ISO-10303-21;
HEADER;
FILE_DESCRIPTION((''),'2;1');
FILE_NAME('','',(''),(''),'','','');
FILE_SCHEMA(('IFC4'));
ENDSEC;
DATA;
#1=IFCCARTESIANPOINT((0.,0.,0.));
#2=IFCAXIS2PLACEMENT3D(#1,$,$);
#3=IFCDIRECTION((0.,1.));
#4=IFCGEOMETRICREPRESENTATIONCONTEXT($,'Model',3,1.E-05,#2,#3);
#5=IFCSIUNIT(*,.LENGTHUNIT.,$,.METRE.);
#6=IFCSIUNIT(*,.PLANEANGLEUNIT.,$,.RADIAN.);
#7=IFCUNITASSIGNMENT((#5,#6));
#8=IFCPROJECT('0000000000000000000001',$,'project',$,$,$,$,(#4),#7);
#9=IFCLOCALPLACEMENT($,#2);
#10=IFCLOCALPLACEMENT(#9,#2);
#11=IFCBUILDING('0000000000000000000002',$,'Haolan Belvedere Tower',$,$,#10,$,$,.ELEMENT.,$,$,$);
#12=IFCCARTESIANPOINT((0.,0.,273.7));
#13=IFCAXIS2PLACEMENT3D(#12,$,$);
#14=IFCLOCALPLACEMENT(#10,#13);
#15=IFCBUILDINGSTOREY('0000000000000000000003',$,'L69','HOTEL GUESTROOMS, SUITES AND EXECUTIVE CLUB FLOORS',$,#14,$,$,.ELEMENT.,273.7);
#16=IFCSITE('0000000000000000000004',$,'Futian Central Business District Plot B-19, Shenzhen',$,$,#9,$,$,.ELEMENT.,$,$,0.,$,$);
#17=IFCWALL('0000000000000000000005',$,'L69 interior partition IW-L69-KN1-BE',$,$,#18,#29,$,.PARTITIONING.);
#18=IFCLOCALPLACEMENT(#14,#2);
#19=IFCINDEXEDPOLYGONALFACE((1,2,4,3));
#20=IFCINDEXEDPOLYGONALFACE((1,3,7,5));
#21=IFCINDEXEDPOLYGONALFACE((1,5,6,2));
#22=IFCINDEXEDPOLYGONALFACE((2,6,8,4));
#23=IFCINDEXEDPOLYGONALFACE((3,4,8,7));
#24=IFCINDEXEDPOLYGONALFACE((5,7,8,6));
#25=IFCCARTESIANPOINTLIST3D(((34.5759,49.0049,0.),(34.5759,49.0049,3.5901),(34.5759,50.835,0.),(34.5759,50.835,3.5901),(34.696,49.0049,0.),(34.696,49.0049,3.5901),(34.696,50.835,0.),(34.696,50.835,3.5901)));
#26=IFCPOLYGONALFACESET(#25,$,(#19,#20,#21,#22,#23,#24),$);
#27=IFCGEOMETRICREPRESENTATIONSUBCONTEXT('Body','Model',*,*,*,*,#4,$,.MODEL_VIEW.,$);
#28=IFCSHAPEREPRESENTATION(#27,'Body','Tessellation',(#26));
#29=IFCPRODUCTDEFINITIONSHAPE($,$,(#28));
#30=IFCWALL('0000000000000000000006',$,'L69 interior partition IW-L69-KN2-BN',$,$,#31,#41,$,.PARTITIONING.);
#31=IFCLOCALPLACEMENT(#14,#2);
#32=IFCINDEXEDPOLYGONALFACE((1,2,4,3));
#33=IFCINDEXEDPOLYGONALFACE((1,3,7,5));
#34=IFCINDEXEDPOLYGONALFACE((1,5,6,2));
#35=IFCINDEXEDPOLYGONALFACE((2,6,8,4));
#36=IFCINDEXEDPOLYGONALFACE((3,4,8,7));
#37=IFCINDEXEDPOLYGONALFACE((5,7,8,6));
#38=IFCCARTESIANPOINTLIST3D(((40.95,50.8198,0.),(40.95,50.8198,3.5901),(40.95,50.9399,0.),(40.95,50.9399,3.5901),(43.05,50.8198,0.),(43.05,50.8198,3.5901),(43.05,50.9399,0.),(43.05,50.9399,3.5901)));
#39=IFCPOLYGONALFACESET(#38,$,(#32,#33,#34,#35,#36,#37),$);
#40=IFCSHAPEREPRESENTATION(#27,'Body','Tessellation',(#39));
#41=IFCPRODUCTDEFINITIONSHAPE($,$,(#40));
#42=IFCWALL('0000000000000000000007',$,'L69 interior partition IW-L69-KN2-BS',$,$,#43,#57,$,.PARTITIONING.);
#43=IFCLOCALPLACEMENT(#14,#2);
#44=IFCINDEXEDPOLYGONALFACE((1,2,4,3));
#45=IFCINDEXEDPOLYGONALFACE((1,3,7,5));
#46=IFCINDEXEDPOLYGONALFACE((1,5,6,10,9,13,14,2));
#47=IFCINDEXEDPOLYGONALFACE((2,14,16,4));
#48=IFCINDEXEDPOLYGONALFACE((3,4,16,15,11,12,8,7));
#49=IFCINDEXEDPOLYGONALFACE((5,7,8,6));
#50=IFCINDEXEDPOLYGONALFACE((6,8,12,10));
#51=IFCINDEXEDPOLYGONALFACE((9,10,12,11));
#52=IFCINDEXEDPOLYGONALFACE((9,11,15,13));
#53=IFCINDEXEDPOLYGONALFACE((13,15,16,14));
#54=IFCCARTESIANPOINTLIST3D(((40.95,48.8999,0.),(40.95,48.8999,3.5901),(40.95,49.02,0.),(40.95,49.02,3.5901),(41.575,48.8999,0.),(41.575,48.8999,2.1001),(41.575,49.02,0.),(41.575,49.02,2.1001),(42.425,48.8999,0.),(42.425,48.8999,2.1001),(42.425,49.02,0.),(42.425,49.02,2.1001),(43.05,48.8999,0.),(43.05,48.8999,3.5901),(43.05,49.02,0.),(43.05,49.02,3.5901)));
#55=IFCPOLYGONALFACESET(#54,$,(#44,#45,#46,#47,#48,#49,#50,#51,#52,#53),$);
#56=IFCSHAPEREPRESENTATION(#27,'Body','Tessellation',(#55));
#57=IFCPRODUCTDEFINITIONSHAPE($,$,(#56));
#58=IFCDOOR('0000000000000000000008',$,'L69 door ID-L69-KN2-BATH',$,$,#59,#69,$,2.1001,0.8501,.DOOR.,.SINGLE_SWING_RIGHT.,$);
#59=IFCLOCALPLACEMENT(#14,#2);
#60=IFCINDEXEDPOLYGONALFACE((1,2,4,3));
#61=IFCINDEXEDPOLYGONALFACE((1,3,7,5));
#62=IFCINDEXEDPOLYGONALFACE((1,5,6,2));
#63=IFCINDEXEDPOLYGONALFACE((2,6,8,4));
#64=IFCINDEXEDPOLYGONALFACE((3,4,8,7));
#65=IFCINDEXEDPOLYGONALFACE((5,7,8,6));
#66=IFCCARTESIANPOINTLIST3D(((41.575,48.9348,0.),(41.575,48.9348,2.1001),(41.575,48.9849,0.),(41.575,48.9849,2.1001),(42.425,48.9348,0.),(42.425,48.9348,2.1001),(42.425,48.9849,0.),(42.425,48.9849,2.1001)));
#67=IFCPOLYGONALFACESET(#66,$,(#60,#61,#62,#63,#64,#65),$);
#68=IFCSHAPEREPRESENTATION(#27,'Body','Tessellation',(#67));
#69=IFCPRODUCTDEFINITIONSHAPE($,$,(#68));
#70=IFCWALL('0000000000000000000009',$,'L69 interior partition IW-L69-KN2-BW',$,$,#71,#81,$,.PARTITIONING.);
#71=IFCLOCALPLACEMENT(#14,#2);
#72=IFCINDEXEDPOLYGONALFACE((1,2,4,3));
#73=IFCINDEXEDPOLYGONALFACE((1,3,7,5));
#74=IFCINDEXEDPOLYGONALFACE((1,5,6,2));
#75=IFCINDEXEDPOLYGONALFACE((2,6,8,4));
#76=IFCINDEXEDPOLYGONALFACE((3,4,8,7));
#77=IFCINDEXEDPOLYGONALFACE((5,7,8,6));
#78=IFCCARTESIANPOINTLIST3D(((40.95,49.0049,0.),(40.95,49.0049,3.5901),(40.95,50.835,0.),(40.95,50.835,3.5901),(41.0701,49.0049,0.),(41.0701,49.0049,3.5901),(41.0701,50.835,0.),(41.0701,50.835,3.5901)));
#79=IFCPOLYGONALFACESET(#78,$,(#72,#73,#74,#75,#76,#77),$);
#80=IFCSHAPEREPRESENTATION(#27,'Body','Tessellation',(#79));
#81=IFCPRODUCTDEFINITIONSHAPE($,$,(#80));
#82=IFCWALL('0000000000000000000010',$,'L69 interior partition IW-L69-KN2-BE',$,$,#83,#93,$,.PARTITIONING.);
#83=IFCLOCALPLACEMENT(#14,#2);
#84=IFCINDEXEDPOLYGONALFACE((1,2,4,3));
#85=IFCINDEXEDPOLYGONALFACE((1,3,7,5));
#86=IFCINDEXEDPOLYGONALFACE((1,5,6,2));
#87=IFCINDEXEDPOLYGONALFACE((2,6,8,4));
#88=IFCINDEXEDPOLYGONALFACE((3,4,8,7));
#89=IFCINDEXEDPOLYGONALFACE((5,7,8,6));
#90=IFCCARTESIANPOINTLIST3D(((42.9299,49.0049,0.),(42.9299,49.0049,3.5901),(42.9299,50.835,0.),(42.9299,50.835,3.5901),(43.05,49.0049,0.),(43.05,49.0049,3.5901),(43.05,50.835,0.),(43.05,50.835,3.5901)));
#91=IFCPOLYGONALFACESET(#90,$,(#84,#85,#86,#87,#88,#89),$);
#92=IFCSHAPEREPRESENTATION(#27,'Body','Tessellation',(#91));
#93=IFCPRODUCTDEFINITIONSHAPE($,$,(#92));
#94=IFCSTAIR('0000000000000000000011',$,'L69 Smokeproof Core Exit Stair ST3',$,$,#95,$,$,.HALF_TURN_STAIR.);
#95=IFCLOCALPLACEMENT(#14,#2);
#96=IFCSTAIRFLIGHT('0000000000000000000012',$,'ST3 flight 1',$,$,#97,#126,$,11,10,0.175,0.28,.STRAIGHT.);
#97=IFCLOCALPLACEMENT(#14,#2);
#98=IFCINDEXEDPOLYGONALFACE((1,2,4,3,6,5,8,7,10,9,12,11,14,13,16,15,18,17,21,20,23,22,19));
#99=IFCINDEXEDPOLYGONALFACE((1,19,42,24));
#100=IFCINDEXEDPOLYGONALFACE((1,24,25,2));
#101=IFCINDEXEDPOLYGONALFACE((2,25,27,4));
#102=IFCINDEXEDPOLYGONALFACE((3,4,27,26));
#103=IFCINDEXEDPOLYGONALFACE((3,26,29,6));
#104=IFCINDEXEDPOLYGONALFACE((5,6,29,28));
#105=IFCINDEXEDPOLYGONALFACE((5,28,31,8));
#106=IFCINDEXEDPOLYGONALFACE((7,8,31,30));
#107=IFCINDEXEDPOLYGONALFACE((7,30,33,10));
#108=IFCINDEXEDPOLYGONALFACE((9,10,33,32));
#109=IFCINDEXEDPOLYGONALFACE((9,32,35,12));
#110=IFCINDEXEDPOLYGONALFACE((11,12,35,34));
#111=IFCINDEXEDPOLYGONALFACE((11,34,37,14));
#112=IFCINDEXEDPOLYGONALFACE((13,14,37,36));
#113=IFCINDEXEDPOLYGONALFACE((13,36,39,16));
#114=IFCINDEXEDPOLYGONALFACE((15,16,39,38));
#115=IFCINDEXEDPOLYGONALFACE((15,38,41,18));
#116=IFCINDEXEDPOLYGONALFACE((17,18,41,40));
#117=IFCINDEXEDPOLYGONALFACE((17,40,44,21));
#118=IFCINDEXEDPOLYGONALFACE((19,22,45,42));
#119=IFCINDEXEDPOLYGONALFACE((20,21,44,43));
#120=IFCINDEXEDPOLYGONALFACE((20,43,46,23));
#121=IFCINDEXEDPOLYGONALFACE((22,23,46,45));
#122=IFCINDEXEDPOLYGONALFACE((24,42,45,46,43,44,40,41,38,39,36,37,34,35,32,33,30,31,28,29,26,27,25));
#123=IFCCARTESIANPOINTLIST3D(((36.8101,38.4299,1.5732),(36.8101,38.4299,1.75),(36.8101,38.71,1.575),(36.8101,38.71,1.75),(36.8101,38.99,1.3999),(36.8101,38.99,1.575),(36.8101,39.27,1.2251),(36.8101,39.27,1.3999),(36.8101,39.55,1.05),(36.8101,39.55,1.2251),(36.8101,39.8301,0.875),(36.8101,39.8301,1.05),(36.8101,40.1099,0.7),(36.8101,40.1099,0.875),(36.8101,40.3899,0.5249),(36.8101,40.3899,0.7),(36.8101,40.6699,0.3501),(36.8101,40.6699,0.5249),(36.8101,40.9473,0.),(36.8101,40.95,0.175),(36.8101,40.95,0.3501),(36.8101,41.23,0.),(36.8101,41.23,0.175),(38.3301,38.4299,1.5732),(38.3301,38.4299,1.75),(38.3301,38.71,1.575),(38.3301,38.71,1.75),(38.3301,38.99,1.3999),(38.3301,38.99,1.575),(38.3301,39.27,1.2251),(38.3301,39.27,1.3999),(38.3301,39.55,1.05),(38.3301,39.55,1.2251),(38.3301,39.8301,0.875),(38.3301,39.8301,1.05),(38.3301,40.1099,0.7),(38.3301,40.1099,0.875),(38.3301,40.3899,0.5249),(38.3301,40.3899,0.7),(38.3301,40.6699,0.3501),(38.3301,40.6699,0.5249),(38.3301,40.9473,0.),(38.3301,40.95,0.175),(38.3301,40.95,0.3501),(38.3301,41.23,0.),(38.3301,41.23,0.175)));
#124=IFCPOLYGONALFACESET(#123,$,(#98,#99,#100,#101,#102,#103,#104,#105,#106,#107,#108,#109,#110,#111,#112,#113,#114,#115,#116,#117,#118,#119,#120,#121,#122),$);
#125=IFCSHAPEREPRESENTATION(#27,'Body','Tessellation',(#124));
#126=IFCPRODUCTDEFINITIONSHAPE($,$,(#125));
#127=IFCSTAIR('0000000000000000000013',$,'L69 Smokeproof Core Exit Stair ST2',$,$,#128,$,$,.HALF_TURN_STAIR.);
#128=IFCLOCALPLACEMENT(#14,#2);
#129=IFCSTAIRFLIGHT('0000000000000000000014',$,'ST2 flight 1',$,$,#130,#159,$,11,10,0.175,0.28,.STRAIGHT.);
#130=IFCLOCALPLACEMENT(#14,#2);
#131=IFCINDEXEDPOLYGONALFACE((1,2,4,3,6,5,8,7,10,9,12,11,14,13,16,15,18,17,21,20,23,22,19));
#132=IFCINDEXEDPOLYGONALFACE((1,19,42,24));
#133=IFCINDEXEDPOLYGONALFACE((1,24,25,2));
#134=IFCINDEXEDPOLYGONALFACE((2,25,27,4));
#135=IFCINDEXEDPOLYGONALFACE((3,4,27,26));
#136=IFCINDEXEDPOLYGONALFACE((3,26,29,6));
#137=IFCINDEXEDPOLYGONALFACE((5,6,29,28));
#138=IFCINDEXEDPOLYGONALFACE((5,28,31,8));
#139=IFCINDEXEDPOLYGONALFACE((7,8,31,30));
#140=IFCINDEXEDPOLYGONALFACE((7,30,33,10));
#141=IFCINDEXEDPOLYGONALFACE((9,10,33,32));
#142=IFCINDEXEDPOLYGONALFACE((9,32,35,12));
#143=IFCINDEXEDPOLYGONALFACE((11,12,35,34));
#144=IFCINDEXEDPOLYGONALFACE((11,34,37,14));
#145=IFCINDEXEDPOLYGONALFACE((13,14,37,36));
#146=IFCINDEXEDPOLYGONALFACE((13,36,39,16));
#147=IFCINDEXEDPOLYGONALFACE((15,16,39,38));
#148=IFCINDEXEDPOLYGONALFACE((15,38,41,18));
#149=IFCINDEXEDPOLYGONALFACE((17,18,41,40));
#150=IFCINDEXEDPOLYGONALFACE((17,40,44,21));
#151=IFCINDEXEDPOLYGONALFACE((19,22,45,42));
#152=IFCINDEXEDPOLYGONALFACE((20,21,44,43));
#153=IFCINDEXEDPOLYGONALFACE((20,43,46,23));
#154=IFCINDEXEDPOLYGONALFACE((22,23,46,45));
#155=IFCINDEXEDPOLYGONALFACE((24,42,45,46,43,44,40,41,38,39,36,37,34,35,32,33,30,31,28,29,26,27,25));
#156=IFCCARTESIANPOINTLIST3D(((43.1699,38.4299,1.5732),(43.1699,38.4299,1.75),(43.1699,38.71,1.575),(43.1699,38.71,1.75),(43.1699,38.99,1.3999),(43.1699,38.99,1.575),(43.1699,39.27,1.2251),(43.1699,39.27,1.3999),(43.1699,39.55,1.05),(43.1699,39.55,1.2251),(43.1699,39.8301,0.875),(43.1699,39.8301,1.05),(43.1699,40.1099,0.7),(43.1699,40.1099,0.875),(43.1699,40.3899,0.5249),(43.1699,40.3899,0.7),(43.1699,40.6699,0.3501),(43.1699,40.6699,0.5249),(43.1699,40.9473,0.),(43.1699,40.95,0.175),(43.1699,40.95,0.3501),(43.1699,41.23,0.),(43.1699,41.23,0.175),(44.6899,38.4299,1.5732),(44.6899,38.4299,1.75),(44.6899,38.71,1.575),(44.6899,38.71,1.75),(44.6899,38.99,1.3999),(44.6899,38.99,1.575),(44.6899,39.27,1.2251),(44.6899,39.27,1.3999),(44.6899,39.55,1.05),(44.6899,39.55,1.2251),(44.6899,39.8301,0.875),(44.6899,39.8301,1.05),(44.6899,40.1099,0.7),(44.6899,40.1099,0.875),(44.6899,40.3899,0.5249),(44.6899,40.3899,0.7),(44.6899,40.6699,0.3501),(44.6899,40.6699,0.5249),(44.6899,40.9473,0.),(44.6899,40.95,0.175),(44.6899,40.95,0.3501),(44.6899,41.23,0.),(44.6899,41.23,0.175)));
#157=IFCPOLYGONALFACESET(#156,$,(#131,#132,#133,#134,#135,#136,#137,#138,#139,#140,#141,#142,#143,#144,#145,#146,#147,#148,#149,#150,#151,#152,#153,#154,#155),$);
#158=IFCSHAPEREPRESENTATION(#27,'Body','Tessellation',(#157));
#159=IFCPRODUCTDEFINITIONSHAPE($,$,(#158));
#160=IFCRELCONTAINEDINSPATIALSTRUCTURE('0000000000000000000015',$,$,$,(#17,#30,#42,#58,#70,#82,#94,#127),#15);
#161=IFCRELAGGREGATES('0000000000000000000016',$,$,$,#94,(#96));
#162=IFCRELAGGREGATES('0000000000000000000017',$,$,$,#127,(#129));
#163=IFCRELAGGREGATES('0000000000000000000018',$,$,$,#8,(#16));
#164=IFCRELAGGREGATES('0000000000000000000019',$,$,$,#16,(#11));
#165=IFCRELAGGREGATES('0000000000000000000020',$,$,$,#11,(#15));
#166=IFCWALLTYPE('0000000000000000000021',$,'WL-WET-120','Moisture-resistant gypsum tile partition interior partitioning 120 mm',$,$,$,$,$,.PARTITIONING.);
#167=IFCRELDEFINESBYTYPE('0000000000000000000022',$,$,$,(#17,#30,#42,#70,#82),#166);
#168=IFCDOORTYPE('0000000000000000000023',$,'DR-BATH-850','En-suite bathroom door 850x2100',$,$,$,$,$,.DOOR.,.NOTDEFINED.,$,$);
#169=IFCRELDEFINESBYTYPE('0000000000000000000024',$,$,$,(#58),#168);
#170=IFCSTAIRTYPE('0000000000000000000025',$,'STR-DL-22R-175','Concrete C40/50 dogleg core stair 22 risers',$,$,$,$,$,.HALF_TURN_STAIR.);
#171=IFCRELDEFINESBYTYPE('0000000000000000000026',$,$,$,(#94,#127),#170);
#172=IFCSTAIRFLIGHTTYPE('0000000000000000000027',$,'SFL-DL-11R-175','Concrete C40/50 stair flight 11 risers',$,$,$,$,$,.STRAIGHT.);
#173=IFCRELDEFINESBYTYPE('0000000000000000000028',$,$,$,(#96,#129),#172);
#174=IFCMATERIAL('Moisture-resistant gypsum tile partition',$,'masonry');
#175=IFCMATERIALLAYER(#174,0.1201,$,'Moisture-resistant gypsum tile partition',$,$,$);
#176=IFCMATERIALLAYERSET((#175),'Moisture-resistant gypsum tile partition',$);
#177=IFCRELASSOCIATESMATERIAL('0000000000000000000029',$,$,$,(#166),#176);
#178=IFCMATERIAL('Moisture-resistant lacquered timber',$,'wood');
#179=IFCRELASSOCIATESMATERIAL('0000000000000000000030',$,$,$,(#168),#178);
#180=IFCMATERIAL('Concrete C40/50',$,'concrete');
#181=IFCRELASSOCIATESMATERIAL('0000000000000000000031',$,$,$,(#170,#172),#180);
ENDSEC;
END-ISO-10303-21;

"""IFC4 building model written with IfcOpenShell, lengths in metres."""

from ifc_helpers import new_model, si_unit, direction, frame, frame_2d, origin, place, context, subcontext, project, spatial, polyline, rectangle, outline, extrude, material, layer, layer_set, type_object, element, fill, aggregate, save


model = new_model("IFC4")

# Units and contexts
model_context = context("Model", 3, precision=1e-05, world=origin(), true_north=direction((0.0, 1.0)))
body_context = subcontext(model_context, "Body", "Model", "MODEL_VIEW")
ifc_project = project(units=[si_unit("LENGTHUNIT", "METRE"), si_unit("PLANEANGLEUNIT", "RADIAN")], contexts=[model_context])

# Site, building, storey
site_placement = place(None, origin())
site = spatial("IfcSite", under=ifc_project, at=site_placement, Name="Futian Central Business District Plot B-19, Shenzhen", CompositionType="ELEMENT", RefElevation=0.0)
building_placement = place(site_placement, origin())
building = spatial("IfcBuilding", under=site, at=building_placement, Name="Haolan Belvedere Tower", CompositionType="ELEMENT")
storey_placement = place(building_placement, frame((0.0, 0.0, 273.7)))
storey = spatial("IfcBuildingStorey", under=building, at=storey_placement, Name="L69", Description="HOTEL GUESTROOMS, SUITES AND EXECUTIVE CLUB FLOORS", CompositionType="ELEMENT", Elevation=273.7)

# Walls
ifc_material_1 = material(Name="Moisture-resistant gypsum tile partition", Category="masonry")
ifc_layer_1 = layer(ifc_material_1, 0.1201, Name="Moisture-resistant gypsum tile partition")
ifc_layer_set_1 = layer_set([ifc_layer_1], Name="Moisture-resistant gypsum tile partition")
wall_type_1 = type_object("IfcWallType", Name="WL-WET-120", Description="Moisture-resistant gypsum tile partition interior partitioning 120 mm", PredefinedType="PARTITIONING", material=ifc_layer_set_1)
wall_1_placement = place(storey_placement, frame((34.636, 49.0049, 0.0), z_axis=(0.0, 0.0, 1.0), x_axis=(0.0, 1.0, 0.0)))
element("IfcWall", 1, at=wall_1_placement, inside=storey, type_object=wall_type_1, Name="L69 interior partition IW-L69-KN1-BE", PredefinedType="PARTITIONING", context=body_context, shape_type="SweptSolid", body=[
    extrude(rectangle(XDim=1.8301, YDim=0.1201, at=frame_2d((0.915, 0.0))), origin(), (0.0, 0.0, 1.0), 3.5901),
])
wall_2_placement = place(storey_placement, frame((40.95, 50.8799, 0.0), z_axis=(0.0, 0.0, 1.0), x_axis=(1.0, 0.0, 0.0)))
element("IfcWall", 2, at=wall_2_placement, inside=storey, type_object=wall_type_1, Name="L69 interior partition IW-L69-KN2-BN", PredefinedType="PARTITIONING", context=body_context, shape_type="SweptSolid", body=[
    extrude(rectangle(XDim=2.1001, YDim=0.1201, at=frame_2d((1.05, 0.0))), origin(), (0.0, 0.0, 1.0), 3.5901),
])

# Wall, opening, door
wall_3_placement = place(storey_placement, frame((40.95, 48.96, 0.0), z_axis=(0.0, 0.0, 1.0), x_axis=(1.0, 0.0, 0.0)))
wall_3 = element("IfcWall", 3, at=wall_3_placement, inside=storey, type_object=wall_type_1, Name="L69 interior partition IW-L69-KN2-BS", PredefinedType="PARTITIONING", context=body_context, shape_type="SweptSolid", body=[
    extrude(rectangle(XDim=2.1001, YDim=0.1201, at=frame_2d((1.05, 0.0))), origin(), (0.0, 0.0, 1.0), 3.5901),
])
opening_1_placement = place(wall_3_placement, frame((0.625, 0.0, 0.0)))
opening_1 = element("IfcOpeningElement", 4, at=opening_1_placement, cuts=wall_3, PredefinedType="OPENING", context=body_context, shape_type="SweptSolid", body=[
    extrude(rectangle(XDim=0.8501, YDim=2.1001, at=frame_2d((0.425, 1.05))), frame((0.0, 0.0701, 0.0), z_axis=(0.0, -1.0, 0.0), x_axis=(1.0, 0.0, 0.0)), (0.0, 0.0, 1.0), 0.1401),
])
ifc_material_2 = material(Name="Moisture-resistant lacquered timber", Category="wood")
door_type_1 = type_object("IfcDoorType", Name="DR-BATH-850", Description="En-suite bathroom door 850x2100", OperationType="NOTDEFINED", PredefinedType="DOOR", material=ifc_material_2)
door_1_placement = place(opening_1_placement, origin())
door_1 = element("IfcDoor", 5, at=door_1_placement, inside=storey, type_object=door_type_1, Name="L69 door ID-L69-KN2-BATH", OperationType="SINGLE_SWING_RIGHT", OverallHeight=2.1001, OverallWidth=0.8501, PredefinedType="DOOR", context=body_context, shape_type="SweptSolid", body=[
    extrude(rectangle(XDim=0.8501, YDim=2.1001, at=frame_2d((0.425, 1.05))), frame((0.0, 0.0249, 0.0), z_axis=(0.0, -1.0, 0.0), x_axis=(1.0, 0.0, 0.0)), (0.0, 0.0, 1.0), 0.05),
])
fill(opening_1, door_1)

# Walls
for number, where, z_axis, x_axis, name in (
    (6, (41.01, 49.0049, 0.0), (0.0, 0.0, 1.0), (0.0, 1.0, 0.0), "L69 interior partition IW-L69-KN2-BW"),
    (7, (42.99, 49.0049, 0.0), (0.0, 0.0, 1.0), (0.0, 1.0, 0.0), "L69 interior partition IW-L69-KN2-BE"),
):
    element("IfcWall", number, at=place(storey_placement, frame(where, z_axis=z_axis, x_axis=x_axis)), inside=storey, type_object=wall_type_1, Name=name, PredefinedType="PARTITIONING", context=body_context, shape_type="SweptSolid", body=[
        extrude(rectangle(XDim=1.8301, YDim=0.1201, at=frame_2d((0.915, 0.0))), origin(), (0.0, 0.0, 1.0), 3.5901),
    ])

# Stairs, stair flights
ifc_material_3 = material(Name="Concrete C40/50", Category="concrete")
stair_type = type_object("IfcStairType", Name="STR-DL-22R-175", Description="Concrete C40/50 dogleg core stair 22 risers", PredefinedType="HALF_TURN_STAIR", material=ifc_material_3)
stair_1_placement = place(storey_placement, origin())
stair_1 = element("IfcStair", 8, at=stair_1_placement, inside=storey, type_object=stair_type, Name="L69 Smokeproof Core Exit Stair ST3", PredefinedType="HALF_TURN_STAIR")
stair_flight_type = type_object("IfcStairFlightType", Name="SFL-DL-11R-175", Description="Concrete C40/50 stair flight 11 risers", PredefinedType="STRAIGHT", material=ifc_material_3)
stair_flight_1_placement = place(storey_placement, frame((37.5701, 41.23, 0.0), z_axis=(0.0, 0.0, 1.0), x_axis=(0.0, -1.0, 0.0)))
stair_flight_1 = element("IfcStairFlight", 9, at=stair_flight_1_placement, type_object=stair_flight_type, Name="ST3 flight 1", NumberOfRisers=11, NumberOfTreads=10, PredefinedType="STRAIGHT", RiserHeight=0.175, TreadLength=0.28, context=body_context, shape_type="SweptSolid", body=[
    extrude(outline(polyline([(0.0, 0.0), (0.0, 0.175), (0.28, 0.175), (0.28, 0.3501), (0.5601, 0.3501), (0.5601, 0.5249), (0.8401, 0.5249), (0.8401, 0.7), (1.1201, 0.7), (1.1201, 0.875), (1.3999, 0.875), (1.3999, 1.05), (1.6799, 1.05), (1.6799, 1.2251), (1.96, 1.2251), (1.96, 1.3999), (2.24, 1.3999), (2.24, 1.575), (2.52, 1.575), (2.52, 1.75), (2.8, 1.75), (2.8, 1.925), (2.8, 1.5732), (0.2827, 0.0), (0.0, 0.0)])), frame((0.0, 0.76, 0.0), z_axis=(0.0, -1.0, 0.0), x_axis=(1.0, 0.0, 0.0)), (0.0, 0.0, 1.0), 1.52),
])
aggregate(stair_1, [stair_flight_1])
stair_2_placement = place(storey_placement, origin())
stair_2 = element("IfcStair", 10, at=stair_2_placement, inside=storey, type_object=stair_type, Name="L69 Smokeproof Core Exit Stair ST2", PredefinedType="HALF_TURN_STAIR")
stair_flight_2_placement = place(storey_placement, frame((43.9299, 41.23, 0.0), z_axis=(0.0, 0.0, 1.0), x_axis=(0.0, -1.0, 0.0)))
stair_flight_2 = element("IfcStairFlight", 11, at=stair_flight_2_placement, type_object=stair_flight_type, Name="ST2 flight 1", NumberOfRisers=11, NumberOfTreads=10, PredefinedType="STRAIGHT", RiserHeight=0.175, TreadLength=0.28, context=body_context, shape_type="SweptSolid", body=[
    extrude(outline(polyline([(0.0, 0.0), (0.0, 0.175), (0.28, 0.175), (0.28, 0.3501), (0.5601, 0.3501), (0.5601, 0.5249), (0.8401, 0.5249), (0.8401, 0.7), (1.1201, 0.7), (1.1201, 0.875), (1.3999, 0.875), (1.3999, 1.05), (1.6799, 1.05), (1.6799, 1.2251), (1.96, 1.2251), (1.96, 1.3999), (2.24, 1.3999), (2.24, 1.575), (2.52, 1.575), (2.52, 1.75), (2.8, 1.75), (2.8, 1.925), (2.8, 1.5732), (0.2827, 0.0), (0.0, 0.0)])), frame((0.0, 0.76, 0.0), z_axis=(0.0, -1.0, 0.0), x_axis=(1.0, 0.0, 0.0)), (0.0, 0.0, 1.0), 1.52),
])
aggregate(stair_2, [stair_flight_2])

save(model, "model.ifc")
